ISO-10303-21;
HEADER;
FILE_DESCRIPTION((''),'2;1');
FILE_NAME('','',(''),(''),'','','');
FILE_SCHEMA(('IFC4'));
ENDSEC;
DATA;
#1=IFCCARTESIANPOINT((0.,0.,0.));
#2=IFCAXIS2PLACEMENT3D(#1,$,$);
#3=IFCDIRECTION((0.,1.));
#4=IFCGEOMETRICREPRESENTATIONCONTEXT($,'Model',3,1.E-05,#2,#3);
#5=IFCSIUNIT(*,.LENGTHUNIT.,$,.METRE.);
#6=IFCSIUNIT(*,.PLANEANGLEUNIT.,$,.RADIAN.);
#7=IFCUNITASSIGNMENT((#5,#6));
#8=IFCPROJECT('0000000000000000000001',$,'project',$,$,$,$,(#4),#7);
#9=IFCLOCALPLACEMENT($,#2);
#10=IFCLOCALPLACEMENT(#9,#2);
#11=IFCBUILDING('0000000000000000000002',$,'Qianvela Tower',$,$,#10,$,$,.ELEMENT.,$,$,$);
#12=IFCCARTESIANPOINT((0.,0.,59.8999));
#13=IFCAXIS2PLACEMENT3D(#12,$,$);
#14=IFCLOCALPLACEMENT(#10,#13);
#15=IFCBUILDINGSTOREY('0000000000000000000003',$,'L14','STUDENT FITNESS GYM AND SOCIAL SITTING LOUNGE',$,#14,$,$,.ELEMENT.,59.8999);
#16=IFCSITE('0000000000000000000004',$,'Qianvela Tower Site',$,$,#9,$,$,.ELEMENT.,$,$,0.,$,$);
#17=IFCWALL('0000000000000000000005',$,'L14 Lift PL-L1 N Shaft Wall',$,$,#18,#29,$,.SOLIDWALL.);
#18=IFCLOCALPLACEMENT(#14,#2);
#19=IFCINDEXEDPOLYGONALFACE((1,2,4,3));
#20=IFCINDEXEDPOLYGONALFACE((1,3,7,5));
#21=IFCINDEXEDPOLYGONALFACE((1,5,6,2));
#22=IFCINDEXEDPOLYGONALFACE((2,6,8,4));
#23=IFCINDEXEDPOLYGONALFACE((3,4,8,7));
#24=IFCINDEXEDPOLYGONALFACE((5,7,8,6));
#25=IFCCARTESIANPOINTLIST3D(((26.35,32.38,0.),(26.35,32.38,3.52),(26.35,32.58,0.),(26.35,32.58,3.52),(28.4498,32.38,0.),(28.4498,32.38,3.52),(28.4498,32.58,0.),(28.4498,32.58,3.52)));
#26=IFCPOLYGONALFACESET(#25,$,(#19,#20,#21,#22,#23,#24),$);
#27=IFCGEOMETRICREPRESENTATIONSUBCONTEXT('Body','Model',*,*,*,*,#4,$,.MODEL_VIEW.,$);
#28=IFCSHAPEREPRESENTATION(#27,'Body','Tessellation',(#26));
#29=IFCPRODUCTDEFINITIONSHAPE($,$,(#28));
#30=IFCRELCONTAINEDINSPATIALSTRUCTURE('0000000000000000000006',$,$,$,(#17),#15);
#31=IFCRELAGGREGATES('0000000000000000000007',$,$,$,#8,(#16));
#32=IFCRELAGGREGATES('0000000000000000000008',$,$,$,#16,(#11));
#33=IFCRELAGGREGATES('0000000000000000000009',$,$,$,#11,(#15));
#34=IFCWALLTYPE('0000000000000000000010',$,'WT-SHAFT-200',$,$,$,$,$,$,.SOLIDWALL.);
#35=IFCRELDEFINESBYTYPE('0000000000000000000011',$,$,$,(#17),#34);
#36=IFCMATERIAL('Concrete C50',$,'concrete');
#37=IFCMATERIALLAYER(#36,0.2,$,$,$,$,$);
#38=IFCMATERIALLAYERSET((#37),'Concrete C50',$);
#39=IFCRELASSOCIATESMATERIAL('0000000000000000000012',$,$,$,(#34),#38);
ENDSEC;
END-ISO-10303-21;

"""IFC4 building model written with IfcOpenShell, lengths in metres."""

from ifc_helpers import new_model, si_unit, direction, frame, frame_2d, origin, place, context, subcontext, project, spatial, rectangle, extrude, material, layer, layer_set, type_object, element, save


model = new_model("IFC4")

# Units and contexts
model_context = context("Model", 3, precision=1e-05, world=origin(), true_north=direction((0.0, 1.0)))
body_context = subcontext(model_context, "Body", "Model", "MODEL_VIEW")
ifc_project = project(units=[si_unit("LENGTHUNIT", "METRE"), si_unit("PLANEANGLEUNIT", "RADIAN")], contexts=[model_context])

# Site, building, storey
site_placement = place(None, origin())
site = spatial("IfcSite", under=ifc_project, at=site_placement, Name="Qianvela Tower Site", CompositionType="ELEMENT", RefElevation=0.0)
building_placement = place(site_placement, origin())
building = spatial("IfcBuilding", under=site, at=building_placement, Name="Qianvela Tower", CompositionType="ELEMENT")
storey_placement = place(building_placement, frame((0.0, 0.0, 59.8999)))
storey = spatial("IfcBuildingStorey", under=building, at=storey_placement, Name="L14", Description="STUDENT FITNESS GYM AND SOCIAL SITTING LOUNGE", CompositionType="ELEMENT", Elevation=59.8999)

# Wall
ifc_material_1 = material(Name="Concrete C50", Category="concrete")
ifc_layer_1 = layer(ifc_material_1, 0.2)
ifc_layer_set_1 = layer_set([ifc_layer_1], Name="Concrete C50")
wall_type_1 = type_object("IfcWallType", Name="WT-SHAFT-200", PredefinedType="SOLIDWALL", material=ifc_layer_set_1)
wall_1_placement = place(storey_placement, frame((26.3501, 32.48, 0.0), z_axis=(0.0, 0.0, 1.0), x_axis=(1.0, 0.0, 0.0)))
element("IfcWall", 1, at=wall_1_placement, inside=storey, type_object=wall_type_1, Name="L14 Lift PL-L1 N Shaft Wall", PredefinedType="SOLIDWALL", context=body_context, shape_type="SweptSolid", body=[
    extrude(rectangle(XDim=2.0999, YDim=0.2, at=frame_2d((1.0498, 0.0))), origin(), (0.0, 0.0, 1.0), 3.52),
])

save(model, "model.ifc")
